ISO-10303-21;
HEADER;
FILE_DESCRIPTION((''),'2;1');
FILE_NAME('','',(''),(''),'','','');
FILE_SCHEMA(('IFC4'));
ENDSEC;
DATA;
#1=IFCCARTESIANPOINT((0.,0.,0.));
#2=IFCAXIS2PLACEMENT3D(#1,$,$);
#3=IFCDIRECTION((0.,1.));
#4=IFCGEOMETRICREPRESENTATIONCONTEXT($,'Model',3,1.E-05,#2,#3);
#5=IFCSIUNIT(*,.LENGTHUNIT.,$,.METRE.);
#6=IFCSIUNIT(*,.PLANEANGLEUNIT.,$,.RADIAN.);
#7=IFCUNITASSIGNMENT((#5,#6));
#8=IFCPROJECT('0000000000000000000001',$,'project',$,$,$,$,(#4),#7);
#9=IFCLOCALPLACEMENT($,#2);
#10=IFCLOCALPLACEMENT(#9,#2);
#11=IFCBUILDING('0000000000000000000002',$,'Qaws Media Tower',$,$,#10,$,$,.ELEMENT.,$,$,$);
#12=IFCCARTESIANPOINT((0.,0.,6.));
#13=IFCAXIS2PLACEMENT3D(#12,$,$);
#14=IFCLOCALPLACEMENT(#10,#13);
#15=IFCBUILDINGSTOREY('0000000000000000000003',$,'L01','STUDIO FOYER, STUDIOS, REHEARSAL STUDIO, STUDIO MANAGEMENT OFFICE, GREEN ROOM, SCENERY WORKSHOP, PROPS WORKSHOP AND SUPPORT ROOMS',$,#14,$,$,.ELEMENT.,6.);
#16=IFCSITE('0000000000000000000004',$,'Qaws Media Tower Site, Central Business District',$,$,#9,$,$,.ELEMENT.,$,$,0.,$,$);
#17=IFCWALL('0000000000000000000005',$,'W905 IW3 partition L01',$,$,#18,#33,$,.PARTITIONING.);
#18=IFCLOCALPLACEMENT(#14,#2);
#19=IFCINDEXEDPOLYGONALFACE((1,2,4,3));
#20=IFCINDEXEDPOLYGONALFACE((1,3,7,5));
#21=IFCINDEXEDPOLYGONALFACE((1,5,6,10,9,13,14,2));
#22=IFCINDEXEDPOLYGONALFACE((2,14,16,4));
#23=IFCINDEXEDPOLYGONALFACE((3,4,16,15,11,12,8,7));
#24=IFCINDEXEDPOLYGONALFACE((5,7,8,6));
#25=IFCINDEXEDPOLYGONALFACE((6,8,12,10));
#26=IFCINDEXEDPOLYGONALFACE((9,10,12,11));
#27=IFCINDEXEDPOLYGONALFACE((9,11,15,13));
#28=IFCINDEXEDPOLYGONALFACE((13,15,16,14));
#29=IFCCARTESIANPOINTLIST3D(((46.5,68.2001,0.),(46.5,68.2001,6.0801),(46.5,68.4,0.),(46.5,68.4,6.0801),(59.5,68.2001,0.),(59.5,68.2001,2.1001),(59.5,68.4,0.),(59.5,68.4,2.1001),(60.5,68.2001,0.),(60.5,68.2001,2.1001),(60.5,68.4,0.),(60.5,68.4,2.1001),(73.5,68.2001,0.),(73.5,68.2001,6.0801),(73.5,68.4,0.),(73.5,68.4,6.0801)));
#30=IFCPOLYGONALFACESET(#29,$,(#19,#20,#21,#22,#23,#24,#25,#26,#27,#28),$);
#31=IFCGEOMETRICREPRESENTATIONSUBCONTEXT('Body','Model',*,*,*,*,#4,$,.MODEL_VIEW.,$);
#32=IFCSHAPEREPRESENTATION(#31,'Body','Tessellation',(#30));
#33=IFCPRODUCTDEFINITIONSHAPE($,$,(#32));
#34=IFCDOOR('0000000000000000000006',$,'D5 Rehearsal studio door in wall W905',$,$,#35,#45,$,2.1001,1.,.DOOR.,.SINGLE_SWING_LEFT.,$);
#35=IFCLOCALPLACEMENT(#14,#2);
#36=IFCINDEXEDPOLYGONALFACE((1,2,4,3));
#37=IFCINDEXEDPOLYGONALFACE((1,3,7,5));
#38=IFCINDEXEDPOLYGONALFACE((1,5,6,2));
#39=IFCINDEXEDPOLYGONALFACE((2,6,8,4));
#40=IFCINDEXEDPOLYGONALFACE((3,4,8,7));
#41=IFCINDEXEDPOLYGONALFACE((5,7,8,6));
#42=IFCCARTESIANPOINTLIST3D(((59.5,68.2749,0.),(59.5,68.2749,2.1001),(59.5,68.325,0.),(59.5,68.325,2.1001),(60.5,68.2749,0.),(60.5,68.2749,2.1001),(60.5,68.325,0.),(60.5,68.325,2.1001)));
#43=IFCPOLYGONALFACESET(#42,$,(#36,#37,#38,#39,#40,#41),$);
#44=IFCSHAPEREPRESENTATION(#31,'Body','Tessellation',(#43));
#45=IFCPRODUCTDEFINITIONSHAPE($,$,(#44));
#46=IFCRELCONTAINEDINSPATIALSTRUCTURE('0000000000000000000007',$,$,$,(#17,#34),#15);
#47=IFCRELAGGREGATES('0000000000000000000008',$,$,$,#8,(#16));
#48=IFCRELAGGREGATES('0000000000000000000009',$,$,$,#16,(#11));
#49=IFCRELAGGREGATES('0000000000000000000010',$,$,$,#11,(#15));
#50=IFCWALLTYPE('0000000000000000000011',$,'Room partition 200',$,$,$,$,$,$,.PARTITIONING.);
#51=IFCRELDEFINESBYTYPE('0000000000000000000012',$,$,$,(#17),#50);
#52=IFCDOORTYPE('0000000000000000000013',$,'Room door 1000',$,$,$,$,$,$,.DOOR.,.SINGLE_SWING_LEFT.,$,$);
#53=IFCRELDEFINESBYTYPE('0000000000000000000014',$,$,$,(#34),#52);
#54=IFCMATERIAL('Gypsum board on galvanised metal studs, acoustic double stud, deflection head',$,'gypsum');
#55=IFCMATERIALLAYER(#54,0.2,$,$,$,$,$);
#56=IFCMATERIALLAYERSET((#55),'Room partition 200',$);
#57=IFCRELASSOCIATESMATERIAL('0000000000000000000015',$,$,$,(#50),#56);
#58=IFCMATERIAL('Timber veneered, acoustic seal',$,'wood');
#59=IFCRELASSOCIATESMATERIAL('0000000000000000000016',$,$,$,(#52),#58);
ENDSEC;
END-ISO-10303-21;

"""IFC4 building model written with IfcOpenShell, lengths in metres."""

from ifc_helpers import new_model, si_unit, direction, frame, frame_2d, origin, place, context, subcontext, project, spatial, rectangle, extrude, material, layer, layer_set, type_object, element, fill, save


model = new_model("IFC4")

# Units and contexts
model_context = context("Model", 3, precision=1e-05, world=origin(), true_north=direction((0.0, 1.0)))
body_context = subcontext(model_context, "Body", "Model", "MODEL_VIEW")
ifc_project = project(units=[si_unit("LENGTHUNIT", "METRE"), si_unit("PLANEANGLEUNIT", "RADIAN")], contexts=[model_context])

# Site, building, storey
site_placement = place(None, origin())
site = spatial("IfcSite", under=ifc_project, at=site_placement, Name="Qaws Media Tower Site, Central Business District", CompositionType="ELEMENT", RefElevation=0.0)
building_placement = place(site_placement, origin())
building = spatial("IfcBuilding", under=site, at=building_placement, Name="Qaws Media Tower", CompositionType="ELEMENT")
storey_placement = place(building_placement, frame((0.0, 0.0, 6.0)))
storey = spatial("IfcBuildingStorey", under=building, at=storey_placement, Name="L01", Description="STUDIO FOYER, STUDIOS, REHEARSAL STUDIO, STUDIO MANAGEMENT OFFICE, GREEN ROOM, SCENERY WORKSHOP, PROPS WORKSHOP AND SUPPORT ROOMS", CompositionType="ELEMENT", Elevation=6.0)

# Shared definitions
ifc_material_1 = material(Name="Gypsum board on galvanised metal studs, acoustic double stud, deflection head", Category="gypsum")
ifc_layer = layer(ifc_material_1, 0.2)
ifc_layer_set = layer_set([ifc_layer], Name="Room partition 200")
wall_type = type_object("IfcWallType", Name="Room partition 200", PredefinedType="PARTITIONING", material=ifc_layer_set)

# Wall, opening, door
ifc_material_2 = material(Name="Timber veneered, acoustic seal", Category="wood")
door_type = type_object("IfcDoorType", Name="Room door 1000", OperationType="SINGLE_SWING_LEFT", PredefinedType="DOOR", material=ifc_material_2)
wall_1_placement = place(storey_placement, frame((46.5, 68.3, 0.0), z_axis=(0.0, 0.0, 1.0), x_axis=(1.0, 0.0, 0.0)))
wall_1 = element("IfcWall", 1, at=wall_1_placement, inside=storey, type_object=wall_type, Name="W905 IW3 partition L01", PredefinedType="PARTITIONING", context=body_context, shape_type="SweptSolid", body=[
    extrude(rectangle(XDim=27.0, YDim=0.2, at=frame_2d((13.5, 0.0))), origin(), (0.0, 0.0, 1.0), 6.0801),
])
opening_1_placement = place(wall_1_placement, frame((13.0, 0.0, 0.0)))
opening_1 = element("IfcOpeningElement", 2, at=opening_1_placement, cuts=wall_1, PredefinedType="OPENING", context=body_context, shape_type="SweptSolid", body=[
    extrude(rectangle(XDim=1.0, YDim=2.1001, at=frame_2d((0.5, 1.05))), frame((0.0, 0.1099, 0.0), z_axis=(0.0, -1.0, 0.0), x_axis=(1.0, 0.0, 0.0)), (0.0, 0.0, 1.0), 0.22),
])
door_1_placement = place(opening_1_placement, origin())
door_1 = element("IfcDoor", 3, at=door_1_placement, inside=storey, type_object=door_type, Name="D5 Rehearsal studio door in wall W905", OperationType="SINGLE_SWING_LEFT", OverallHeight=2.1001, OverallWidth=1.0, PredefinedType="DOOR", context=body_context, shape_type="SweptSolid", body=[
    extrude(rectangle(XDim=1.0, YDim=2.1001, at=frame_2d((0.5, 1.05))), frame((0.0, 0.0249, 0.0), z_axis=(0.0, -1.0, 0.0), x_axis=(1.0, 0.0, 0.0)), (0.0, 0.0, 1.0), 0.05),
])
fill(opening_1, door_1)

save(model, "model.ifc")
